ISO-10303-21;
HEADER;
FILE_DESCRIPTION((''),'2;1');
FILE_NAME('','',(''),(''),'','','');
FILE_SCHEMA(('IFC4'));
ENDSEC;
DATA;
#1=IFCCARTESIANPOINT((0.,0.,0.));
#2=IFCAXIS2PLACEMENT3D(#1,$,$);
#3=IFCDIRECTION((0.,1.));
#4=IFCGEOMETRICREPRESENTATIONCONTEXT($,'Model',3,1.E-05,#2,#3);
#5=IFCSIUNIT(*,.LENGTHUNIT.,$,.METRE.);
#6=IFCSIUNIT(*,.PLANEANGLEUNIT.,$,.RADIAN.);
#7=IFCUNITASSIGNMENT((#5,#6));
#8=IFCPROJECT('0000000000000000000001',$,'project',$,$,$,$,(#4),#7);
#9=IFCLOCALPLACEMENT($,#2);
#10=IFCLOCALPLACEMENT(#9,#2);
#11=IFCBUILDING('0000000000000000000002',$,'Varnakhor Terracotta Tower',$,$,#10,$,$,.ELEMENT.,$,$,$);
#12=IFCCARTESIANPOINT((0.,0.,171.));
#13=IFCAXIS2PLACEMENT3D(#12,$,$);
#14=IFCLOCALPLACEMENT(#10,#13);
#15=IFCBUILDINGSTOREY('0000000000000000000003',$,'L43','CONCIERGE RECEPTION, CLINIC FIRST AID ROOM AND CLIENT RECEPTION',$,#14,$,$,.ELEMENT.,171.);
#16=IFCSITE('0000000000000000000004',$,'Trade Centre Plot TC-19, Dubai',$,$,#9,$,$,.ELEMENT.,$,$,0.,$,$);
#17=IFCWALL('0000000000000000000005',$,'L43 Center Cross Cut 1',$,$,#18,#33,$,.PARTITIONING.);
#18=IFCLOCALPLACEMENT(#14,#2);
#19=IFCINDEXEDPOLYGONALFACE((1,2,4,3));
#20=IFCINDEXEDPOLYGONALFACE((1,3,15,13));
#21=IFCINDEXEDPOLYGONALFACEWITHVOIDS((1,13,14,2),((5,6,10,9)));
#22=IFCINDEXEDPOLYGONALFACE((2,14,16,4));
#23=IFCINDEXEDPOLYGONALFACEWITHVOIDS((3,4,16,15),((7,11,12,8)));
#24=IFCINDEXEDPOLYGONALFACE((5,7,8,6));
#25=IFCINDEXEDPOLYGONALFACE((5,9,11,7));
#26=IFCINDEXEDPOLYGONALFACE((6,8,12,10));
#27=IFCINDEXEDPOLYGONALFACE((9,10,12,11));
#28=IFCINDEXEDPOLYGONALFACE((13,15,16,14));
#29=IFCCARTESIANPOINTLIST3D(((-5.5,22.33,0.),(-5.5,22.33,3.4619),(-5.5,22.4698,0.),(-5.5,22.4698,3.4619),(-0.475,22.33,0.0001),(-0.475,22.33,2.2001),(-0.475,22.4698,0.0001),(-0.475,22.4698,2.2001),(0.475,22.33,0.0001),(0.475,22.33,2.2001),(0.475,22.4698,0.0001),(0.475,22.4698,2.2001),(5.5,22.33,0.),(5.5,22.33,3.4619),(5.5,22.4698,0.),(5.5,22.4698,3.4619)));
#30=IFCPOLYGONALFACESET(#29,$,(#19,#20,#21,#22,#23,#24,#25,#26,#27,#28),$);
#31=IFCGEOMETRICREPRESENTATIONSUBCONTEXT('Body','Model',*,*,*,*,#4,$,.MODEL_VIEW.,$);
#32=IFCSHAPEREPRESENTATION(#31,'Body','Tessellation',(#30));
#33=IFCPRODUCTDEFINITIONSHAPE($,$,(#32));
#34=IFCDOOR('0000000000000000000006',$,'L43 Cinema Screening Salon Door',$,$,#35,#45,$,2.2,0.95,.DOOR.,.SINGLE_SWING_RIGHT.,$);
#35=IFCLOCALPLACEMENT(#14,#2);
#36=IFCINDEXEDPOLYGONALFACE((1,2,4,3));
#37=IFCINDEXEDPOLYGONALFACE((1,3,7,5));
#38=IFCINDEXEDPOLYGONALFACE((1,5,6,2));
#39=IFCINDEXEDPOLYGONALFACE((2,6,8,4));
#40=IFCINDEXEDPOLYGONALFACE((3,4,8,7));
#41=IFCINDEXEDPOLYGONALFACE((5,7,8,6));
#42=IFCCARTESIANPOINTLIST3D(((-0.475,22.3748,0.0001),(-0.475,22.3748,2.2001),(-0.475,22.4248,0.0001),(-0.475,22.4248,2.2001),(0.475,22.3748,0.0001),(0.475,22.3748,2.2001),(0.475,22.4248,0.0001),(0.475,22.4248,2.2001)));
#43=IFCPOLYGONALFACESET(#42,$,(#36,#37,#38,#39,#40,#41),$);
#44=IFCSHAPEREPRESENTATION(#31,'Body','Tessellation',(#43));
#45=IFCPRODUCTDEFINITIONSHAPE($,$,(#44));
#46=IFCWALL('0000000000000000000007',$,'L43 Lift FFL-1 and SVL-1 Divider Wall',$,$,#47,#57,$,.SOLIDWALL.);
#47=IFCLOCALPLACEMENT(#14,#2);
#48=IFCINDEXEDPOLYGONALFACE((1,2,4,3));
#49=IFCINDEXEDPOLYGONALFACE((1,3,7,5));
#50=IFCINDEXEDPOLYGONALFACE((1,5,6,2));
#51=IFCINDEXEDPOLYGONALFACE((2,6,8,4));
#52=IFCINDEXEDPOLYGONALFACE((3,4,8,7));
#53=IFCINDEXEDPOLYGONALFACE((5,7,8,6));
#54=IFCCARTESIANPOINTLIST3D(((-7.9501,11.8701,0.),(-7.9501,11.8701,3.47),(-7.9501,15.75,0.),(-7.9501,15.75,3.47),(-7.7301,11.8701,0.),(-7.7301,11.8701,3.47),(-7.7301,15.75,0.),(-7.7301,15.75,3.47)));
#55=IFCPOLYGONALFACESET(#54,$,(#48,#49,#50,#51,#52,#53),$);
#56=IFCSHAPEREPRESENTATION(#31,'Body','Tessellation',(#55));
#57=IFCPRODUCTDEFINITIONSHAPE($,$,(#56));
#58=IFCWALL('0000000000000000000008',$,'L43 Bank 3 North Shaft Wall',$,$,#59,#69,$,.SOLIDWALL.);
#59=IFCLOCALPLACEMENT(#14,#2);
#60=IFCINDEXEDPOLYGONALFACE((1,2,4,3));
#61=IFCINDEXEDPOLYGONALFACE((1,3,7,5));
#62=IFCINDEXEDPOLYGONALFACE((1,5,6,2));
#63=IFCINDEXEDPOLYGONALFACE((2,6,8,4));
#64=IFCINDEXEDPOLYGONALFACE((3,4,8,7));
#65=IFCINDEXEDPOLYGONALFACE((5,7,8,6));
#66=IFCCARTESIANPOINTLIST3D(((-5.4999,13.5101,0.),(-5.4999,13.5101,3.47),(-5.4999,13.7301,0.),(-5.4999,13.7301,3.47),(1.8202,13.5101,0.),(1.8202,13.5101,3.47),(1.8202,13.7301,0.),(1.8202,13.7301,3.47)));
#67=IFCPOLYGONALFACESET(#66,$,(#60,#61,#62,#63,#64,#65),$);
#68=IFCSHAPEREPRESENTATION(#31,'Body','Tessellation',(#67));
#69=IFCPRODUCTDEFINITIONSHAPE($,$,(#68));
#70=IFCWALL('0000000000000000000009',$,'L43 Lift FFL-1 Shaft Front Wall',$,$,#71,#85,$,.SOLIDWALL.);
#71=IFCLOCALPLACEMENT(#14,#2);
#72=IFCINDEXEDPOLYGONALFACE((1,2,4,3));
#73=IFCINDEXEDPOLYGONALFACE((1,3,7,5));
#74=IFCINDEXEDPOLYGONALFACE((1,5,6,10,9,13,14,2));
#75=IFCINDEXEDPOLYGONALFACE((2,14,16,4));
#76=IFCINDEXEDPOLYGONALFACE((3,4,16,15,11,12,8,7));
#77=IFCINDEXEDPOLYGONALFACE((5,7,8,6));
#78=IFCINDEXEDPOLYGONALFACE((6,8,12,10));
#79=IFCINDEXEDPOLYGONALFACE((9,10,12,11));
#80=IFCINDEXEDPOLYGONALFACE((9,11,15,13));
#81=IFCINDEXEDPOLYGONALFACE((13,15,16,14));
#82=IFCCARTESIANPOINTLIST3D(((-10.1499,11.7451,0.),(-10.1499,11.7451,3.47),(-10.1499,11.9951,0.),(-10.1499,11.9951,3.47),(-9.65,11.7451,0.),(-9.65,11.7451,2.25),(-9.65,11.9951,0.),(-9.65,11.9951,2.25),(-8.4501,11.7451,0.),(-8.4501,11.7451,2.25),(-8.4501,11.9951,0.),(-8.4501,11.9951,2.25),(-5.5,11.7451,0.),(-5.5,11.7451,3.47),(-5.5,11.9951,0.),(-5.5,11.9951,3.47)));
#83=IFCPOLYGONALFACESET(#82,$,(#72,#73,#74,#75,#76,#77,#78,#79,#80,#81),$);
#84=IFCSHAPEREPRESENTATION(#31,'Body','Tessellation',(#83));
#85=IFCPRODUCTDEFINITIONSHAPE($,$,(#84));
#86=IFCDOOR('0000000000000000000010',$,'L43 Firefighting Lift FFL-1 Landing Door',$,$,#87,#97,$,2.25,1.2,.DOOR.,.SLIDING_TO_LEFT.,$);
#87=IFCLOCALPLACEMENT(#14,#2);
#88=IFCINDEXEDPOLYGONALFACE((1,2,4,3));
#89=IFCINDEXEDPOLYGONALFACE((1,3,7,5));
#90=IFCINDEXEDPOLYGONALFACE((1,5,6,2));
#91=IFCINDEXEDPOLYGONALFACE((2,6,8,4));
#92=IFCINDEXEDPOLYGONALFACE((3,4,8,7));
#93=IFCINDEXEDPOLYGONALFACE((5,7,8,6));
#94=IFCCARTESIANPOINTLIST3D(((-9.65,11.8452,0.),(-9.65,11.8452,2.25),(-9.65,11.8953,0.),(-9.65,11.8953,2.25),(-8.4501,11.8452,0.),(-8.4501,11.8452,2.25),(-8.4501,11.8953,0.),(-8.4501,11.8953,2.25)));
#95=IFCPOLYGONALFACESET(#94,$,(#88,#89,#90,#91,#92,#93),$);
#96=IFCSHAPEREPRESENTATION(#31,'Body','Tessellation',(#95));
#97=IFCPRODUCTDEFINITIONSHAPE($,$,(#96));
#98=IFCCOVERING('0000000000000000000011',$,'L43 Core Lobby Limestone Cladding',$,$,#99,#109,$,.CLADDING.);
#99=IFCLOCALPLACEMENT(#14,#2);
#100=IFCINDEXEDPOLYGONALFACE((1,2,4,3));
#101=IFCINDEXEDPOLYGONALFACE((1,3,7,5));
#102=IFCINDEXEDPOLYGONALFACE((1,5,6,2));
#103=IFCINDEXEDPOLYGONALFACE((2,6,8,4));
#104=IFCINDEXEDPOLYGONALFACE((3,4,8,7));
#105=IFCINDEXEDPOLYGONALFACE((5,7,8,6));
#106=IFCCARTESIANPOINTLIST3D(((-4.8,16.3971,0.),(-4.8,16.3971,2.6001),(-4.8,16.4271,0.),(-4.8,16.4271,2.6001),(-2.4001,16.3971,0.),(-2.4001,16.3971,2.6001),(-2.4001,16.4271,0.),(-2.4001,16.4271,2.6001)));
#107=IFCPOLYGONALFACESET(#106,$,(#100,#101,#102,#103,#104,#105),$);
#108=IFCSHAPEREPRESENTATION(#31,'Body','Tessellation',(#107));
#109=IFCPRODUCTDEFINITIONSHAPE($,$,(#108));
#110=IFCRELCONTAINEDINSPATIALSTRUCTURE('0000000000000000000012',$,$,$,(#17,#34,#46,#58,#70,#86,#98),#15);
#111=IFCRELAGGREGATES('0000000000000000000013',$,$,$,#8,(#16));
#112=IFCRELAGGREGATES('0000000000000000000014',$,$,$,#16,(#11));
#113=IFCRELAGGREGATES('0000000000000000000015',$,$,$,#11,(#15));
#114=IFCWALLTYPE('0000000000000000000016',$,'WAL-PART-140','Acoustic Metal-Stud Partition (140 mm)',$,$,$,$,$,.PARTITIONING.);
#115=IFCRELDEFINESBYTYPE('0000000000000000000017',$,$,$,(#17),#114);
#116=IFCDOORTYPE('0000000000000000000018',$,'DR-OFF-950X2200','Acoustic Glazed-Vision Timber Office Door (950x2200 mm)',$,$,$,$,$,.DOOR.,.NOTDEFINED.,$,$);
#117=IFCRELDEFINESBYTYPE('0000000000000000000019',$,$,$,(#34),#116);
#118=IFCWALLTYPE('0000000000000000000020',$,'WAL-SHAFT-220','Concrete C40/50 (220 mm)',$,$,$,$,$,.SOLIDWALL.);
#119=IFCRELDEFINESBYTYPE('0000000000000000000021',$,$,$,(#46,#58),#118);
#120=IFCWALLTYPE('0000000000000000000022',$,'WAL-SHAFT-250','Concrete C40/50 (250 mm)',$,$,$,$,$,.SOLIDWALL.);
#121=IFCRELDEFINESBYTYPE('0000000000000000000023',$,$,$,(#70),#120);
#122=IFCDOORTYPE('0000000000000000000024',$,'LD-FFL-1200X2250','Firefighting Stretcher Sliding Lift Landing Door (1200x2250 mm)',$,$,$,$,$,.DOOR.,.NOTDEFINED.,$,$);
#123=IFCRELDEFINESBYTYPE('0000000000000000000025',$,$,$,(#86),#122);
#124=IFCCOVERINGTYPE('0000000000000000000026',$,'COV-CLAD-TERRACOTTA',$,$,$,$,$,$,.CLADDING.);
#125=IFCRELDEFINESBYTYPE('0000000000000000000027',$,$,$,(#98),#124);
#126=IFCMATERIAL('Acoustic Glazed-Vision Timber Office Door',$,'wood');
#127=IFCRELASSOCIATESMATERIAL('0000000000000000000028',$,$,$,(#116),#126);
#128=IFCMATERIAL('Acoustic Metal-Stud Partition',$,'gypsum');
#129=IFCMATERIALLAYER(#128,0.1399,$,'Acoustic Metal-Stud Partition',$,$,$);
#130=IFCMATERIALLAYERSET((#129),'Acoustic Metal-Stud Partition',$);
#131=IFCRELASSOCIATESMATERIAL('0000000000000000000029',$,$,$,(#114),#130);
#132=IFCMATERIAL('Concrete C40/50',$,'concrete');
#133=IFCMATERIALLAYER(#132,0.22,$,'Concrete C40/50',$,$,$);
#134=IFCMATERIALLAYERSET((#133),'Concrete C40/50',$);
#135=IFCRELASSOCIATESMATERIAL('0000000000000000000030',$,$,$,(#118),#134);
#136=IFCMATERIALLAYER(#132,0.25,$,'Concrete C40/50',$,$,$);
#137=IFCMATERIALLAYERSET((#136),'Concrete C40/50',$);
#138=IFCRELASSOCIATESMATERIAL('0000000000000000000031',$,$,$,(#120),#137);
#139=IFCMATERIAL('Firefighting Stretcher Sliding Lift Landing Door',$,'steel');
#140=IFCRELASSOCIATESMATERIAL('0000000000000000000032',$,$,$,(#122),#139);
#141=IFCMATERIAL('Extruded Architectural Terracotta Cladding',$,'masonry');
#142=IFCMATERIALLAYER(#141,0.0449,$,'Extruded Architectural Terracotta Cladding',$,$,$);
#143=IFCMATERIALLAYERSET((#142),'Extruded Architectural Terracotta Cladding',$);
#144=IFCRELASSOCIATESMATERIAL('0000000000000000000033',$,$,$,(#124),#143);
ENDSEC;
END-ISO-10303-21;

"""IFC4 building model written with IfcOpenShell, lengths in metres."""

from ifc_helpers import new_model, si_unit, direction, frame, frame_2d, origin, origin_2d, place, context, subcontext, project, spatial, rectangle, extrude, source, transform, mapped, material, layer, layer_set, type_object, type_shapes, element, fill, save


model = new_model("IFC4")

# Units and contexts
model_context = context("Model", 3, precision=1e-05, world=origin(), true_north=direction((0.0, 1.0)))
body_context = subcontext(model_context, "Body", "Model", "MODEL_VIEW")
ifc_project = project(units=[si_unit("LENGTHUNIT", "METRE"), si_unit("PLANEANGLEUNIT", "RADIAN")], contexts=[model_context])

# Site, building, storey
site_placement = place(None, origin())
site = spatial("IfcSite", under=ifc_project, at=site_placement, Name="Trade Centre Plot TC-19, Dubai", CompositionType="ELEMENT", RefElevation=0.0)
building_placement = place(site_placement, origin())
building = spatial("IfcBuilding", under=site, at=building_placement, Name="Varnakhor Terracotta Tower", CompositionType="ELEMENT")
storey_placement = place(building_placement, frame((0.0, 0.0, 171.0)))
storey = spatial("IfcBuildingStorey", under=building, at=storey_placement, Name="L43", Description="CONCIERGE RECEPTION, CLINIC FIRST AID ROOM AND CLIENT RECEPTION", CompositionType="ELEMENT", Elevation=171.0)

# Shared definitions
ifc_material_1 = material(Name="Acoustic Glazed-Vision Timber Office Door", Category="wood")
door_type_1 = type_object("IfcDoorType", Name="DR-OFF-950X2200", Description="Acoustic Glazed-Vision Timber Office Door (950x2200 mm)", OperationType="NOTDEFINED", PredefinedType="DOOR", material=ifc_material_1)
shared_shape_1 = source(origin(), body_context, "Body", "SweptSolid", [
    extrude(rectangle(XDim=0.95, YDim=2.2, at=frame_2d((0.4751, 1.1001))), frame((0.0, 0.0249, 0.0), z_axis=(0.0, -1.0, 0.0), x_axis=(1.0, 0.0, 0.0)), (0.0, 0.0, 1.0), 0.05),
])
type_shapes(door_type_1, [shared_shape_1])

# Shared definitions
ifc_material_2 = material(Name="Acoustic Metal-Stud Partition", Category="gypsum")
ifc_layer_1 = layer(ifc_material_2, 0.1399, Name="Acoustic Metal-Stud Partition")
ifc_layer_set_1 = layer_set([ifc_layer_1], Name="Acoustic Metal-Stud Partition")
wall_type_1 = type_object("IfcWallType", Name="WAL-PART-140", Description="Acoustic Metal-Stud Partition (140 mm)", PredefinedType="PARTITIONING", material=ifc_layer_set_1)

# Wall, opening, door
wall_1_placement = place(storey_placement, frame((-5.5, 22.3999, 0.0), z_axis=(0.0, 0.0, 1.0), x_axis=(1.0, 0.0, 0.0)))
wall_1 = element("IfcWall", 1, at=wall_1_placement, inside=storey, type_object=wall_type_1, Name="L43 Center Cross Cut 1", PredefinedType="PARTITIONING", context=body_context, shape_type="SweptSolid", body=[
    extrude(rectangle(XDim=11.0, YDim=0.1399, at=frame_2d((5.5, 0.0))), origin(), (0.0, 0.0, 1.0), 3.4619),
])
opening_1_placement = place(wall_1_placement, frame((5.0249, 0.0, 0.0)))
opening_1 = element("IfcOpeningElement", 2, at=opening_1_placement, cuts=wall_1, PredefinedType="OPENING", context=body_context, shape_type="SweptSolid", body=[
    extrude(rectangle(XDim=0.95, YDim=2.2, at=frame_2d((0.4751, 1.1001))), frame((0.0, 0.0801, 0.0), z_axis=(0.0, -1.0, 0.0), x_axis=(1.0, 0.0, 0.0)), (0.0, 0.0, 1.0), 0.1599),
])
door_1_placement = place(opening_1_placement, origin())
door_1 = element("IfcDoor", 3, at=door_1_placement, inside=storey, type_object=door_type_1, Name="L43 Cinema Screening Salon Door", OperationType="SINGLE_SWING_RIGHT", OverallHeight=2.2, OverallWidth=0.95, PredefinedType="DOOR", context=body_context, shape_type="MappedRepresentation", body=[
    mapped(shared_shape_1, transform((0.0, 0.0, 0.0), scale=1.0)),
])
fill(opening_1, door_1)

# Walls
ifc_material_3 = material(Name="Concrete C40/50", Category="concrete")
ifc_layer_2 = layer(ifc_material_3, 0.22, Name="Concrete C40/50")
ifc_layer_set_2 = layer_set([ifc_layer_2], Name="Concrete C40/50")
wall_type_2 = type_object("IfcWallType", Name="WAL-SHAFT-220", Description="Concrete C40/50 (220 mm)", PredefinedType="SOLIDWALL", material=ifc_layer_set_2)
wall_2_placement = place(storey_placement, frame((-7.8401, 11.8701, 0.0), z_axis=(0.0, 0.0, 1.0), x_axis=(0.0, 1.0, 0.0)))
element("IfcWall", 4, at=wall_2_placement, inside=storey, type_object=wall_type_2, Name="L43 Lift FFL-1 and SVL-1 Divider Wall", PredefinedType="SOLIDWALL", context=body_context, shape_type="SweptSolid", body=[
    extrude(rectangle(XDim=3.8799, YDim=0.22, at=frame_2d((1.9399, 0.0))), origin(), (0.0, 0.0, 1.0), 3.47),
])
wall_3_placement = place(storey_placement, frame((-5.5, 13.6201, 0.0), z_axis=(0.0, 0.0, 1.0), x_axis=(1.0, 0.0, 0.0)))
element("IfcWall", 5, at=wall_3_placement, inside=storey, type_object=wall_type_2, Name="L43 Bank 3 North Shaft Wall", PredefinedType="SOLIDWALL", context=body_context, shape_type="SweptSolid", body=[
    extrude(rectangle(XDim=7.3201, YDim=0.22, at=frame_2d((3.6602, 0.0))), origin(), (0.0, 0.0, 1.0), 3.47),
])

# Wall, opening, door
ifc_layer_3 = layer(ifc_material_3, 0.25, Name="Concrete C40/50")
ifc_layer_set_3 = layer_set([ifc_layer_3], Name="Concrete C40/50")
wall_type_3 = type_object("IfcWallType", Name="WAL-SHAFT-250", Description="Concrete C40/50 (250 mm)", PredefinedType="SOLIDWALL", material=ifc_layer_set_3)
wall_4_placement = place(storey_placement, frame((-5.5, 11.8701, 0.0), z_axis=(0.0, 0.0, 1.0), x_axis=(-1.0, 0.0, 0.0)))
wall_4 = element("IfcWall", 6, at=wall_4_placement, inside=storey, type_object=wall_type_3, Name="L43 Lift FFL-1 Shaft Front Wall", PredefinedType="SOLIDWALL", context=body_context, shape_type="SweptSolid", body=[
    extrude(rectangle(XDim=4.6499, YDim=0.25, at=frame_2d((2.325, 0.0))), origin(), (0.0, 0.0, 1.0), 3.47),
])
opening_2_placement = place(wall_4_placement, frame((2.95, 0.0, 0.0)))
opening_2 = element("IfcOpeningElement", 7, at=opening_2_placement, cuts=wall_4, PredefinedType="OPENING", context=body_context, shape_type="SweptSolid", body=[
    extrude(rectangle(XDim=1.2, YDim=2.25, at=frame_2d((0.6001, 1.125))), frame((0.0, 0.135, 0.0), z_axis=(0.0, -1.0, 0.0), x_axis=(1.0, 0.0, 0.0)), (0.0, 0.0, 1.0), 0.27),
])
ifc_material_4 = material(Name="Firefighting Stretcher Sliding Lift Landing Door", Category="steel")
door_type_2 = type_object("IfcDoorType", Name="LD-FFL-1200X2250", Description="Firefighting Stretcher Sliding Lift Landing Door (1200x2250 mm)", OperationType="NOTDEFINED", PredefinedType="DOOR", material=ifc_material_4)
shared_shape_2 = source(origin(), body_context, "Body", "SweptSolid", [
    extrude(rectangle(XDim=1.2, YDim=2.25, at=frame_2d((0.6001, 1.125))), frame((0.0, 0.0249, 0.0), z_axis=(0.0, -1.0, 0.0), x_axis=(1.0, 0.0, 0.0)), (0.0, 0.0, 1.0), 0.05),
])
type_shapes(door_type_2, [shared_shape_2])
door_2_placement = place(opening_2_placement, origin())
door_2 = element("IfcDoor", 8, at=door_2_placement, inside=storey, type_object=door_type_2, Name="L43 Firefighting Lift FFL-1 Landing Door", OperationType="SLIDING_TO_LEFT", OverallHeight=2.25, OverallWidth=1.2, PredefinedType="DOOR", context=body_context, shape_type="MappedRepresentation", body=[
    mapped(shared_shape_2, transform((0.0, 0.0, 0.0), scale=1.0)),
])
fill(opening_2, door_2)

# Covering
ifc_material_5 = material(Name="Extruded Architectural Terracotta Cladding", Category="masonry")
ifc_layer_4 = layer(ifc_material_5, 0.0449, Name="Extruded Architectural Terracotta Cladding")
ifc_layer_set_4 = layer_set([ifc_layer_4], Name="Extruded Architectural Terracotta Cladding")
covering_type = type_object("IfcCoveringType", Name="COV-CLAD-TERRACOTTA", PredefinedType="CLADDING", material=ifc_layer_set_4)
shared_shape_3 = source(origin(), body_context, "Body", "SweptSolid", [
    extrude(rectangle(XDim=2.3999, YDim=0.03, at=origin_2d()), origin(), (0.0, 0.0, 1.0), 2.6001),
])
type_shapes(covering_type, [shared_shape_3])
covering_placement = place(storey_placement, frame((-3.6001, 16.4121, 0.0), z_axis=(0.0, 0.0, 1.0), x_axis=(1.0, 0.0, 0.0)))
element("IfcCovering", 9, at=covering_placement, inside=storey, type_object=covering_type, Name="L43 Core Lobby Limestone Cladding", PredefinedType="CLADDING", context=body_context, shape_type="MappedRepresentation", body=[
    mapped(shared_shape_3, transform((0.0, 0.0, 0.0), scale=1.0)),
])

save(model, "model.ifc")
